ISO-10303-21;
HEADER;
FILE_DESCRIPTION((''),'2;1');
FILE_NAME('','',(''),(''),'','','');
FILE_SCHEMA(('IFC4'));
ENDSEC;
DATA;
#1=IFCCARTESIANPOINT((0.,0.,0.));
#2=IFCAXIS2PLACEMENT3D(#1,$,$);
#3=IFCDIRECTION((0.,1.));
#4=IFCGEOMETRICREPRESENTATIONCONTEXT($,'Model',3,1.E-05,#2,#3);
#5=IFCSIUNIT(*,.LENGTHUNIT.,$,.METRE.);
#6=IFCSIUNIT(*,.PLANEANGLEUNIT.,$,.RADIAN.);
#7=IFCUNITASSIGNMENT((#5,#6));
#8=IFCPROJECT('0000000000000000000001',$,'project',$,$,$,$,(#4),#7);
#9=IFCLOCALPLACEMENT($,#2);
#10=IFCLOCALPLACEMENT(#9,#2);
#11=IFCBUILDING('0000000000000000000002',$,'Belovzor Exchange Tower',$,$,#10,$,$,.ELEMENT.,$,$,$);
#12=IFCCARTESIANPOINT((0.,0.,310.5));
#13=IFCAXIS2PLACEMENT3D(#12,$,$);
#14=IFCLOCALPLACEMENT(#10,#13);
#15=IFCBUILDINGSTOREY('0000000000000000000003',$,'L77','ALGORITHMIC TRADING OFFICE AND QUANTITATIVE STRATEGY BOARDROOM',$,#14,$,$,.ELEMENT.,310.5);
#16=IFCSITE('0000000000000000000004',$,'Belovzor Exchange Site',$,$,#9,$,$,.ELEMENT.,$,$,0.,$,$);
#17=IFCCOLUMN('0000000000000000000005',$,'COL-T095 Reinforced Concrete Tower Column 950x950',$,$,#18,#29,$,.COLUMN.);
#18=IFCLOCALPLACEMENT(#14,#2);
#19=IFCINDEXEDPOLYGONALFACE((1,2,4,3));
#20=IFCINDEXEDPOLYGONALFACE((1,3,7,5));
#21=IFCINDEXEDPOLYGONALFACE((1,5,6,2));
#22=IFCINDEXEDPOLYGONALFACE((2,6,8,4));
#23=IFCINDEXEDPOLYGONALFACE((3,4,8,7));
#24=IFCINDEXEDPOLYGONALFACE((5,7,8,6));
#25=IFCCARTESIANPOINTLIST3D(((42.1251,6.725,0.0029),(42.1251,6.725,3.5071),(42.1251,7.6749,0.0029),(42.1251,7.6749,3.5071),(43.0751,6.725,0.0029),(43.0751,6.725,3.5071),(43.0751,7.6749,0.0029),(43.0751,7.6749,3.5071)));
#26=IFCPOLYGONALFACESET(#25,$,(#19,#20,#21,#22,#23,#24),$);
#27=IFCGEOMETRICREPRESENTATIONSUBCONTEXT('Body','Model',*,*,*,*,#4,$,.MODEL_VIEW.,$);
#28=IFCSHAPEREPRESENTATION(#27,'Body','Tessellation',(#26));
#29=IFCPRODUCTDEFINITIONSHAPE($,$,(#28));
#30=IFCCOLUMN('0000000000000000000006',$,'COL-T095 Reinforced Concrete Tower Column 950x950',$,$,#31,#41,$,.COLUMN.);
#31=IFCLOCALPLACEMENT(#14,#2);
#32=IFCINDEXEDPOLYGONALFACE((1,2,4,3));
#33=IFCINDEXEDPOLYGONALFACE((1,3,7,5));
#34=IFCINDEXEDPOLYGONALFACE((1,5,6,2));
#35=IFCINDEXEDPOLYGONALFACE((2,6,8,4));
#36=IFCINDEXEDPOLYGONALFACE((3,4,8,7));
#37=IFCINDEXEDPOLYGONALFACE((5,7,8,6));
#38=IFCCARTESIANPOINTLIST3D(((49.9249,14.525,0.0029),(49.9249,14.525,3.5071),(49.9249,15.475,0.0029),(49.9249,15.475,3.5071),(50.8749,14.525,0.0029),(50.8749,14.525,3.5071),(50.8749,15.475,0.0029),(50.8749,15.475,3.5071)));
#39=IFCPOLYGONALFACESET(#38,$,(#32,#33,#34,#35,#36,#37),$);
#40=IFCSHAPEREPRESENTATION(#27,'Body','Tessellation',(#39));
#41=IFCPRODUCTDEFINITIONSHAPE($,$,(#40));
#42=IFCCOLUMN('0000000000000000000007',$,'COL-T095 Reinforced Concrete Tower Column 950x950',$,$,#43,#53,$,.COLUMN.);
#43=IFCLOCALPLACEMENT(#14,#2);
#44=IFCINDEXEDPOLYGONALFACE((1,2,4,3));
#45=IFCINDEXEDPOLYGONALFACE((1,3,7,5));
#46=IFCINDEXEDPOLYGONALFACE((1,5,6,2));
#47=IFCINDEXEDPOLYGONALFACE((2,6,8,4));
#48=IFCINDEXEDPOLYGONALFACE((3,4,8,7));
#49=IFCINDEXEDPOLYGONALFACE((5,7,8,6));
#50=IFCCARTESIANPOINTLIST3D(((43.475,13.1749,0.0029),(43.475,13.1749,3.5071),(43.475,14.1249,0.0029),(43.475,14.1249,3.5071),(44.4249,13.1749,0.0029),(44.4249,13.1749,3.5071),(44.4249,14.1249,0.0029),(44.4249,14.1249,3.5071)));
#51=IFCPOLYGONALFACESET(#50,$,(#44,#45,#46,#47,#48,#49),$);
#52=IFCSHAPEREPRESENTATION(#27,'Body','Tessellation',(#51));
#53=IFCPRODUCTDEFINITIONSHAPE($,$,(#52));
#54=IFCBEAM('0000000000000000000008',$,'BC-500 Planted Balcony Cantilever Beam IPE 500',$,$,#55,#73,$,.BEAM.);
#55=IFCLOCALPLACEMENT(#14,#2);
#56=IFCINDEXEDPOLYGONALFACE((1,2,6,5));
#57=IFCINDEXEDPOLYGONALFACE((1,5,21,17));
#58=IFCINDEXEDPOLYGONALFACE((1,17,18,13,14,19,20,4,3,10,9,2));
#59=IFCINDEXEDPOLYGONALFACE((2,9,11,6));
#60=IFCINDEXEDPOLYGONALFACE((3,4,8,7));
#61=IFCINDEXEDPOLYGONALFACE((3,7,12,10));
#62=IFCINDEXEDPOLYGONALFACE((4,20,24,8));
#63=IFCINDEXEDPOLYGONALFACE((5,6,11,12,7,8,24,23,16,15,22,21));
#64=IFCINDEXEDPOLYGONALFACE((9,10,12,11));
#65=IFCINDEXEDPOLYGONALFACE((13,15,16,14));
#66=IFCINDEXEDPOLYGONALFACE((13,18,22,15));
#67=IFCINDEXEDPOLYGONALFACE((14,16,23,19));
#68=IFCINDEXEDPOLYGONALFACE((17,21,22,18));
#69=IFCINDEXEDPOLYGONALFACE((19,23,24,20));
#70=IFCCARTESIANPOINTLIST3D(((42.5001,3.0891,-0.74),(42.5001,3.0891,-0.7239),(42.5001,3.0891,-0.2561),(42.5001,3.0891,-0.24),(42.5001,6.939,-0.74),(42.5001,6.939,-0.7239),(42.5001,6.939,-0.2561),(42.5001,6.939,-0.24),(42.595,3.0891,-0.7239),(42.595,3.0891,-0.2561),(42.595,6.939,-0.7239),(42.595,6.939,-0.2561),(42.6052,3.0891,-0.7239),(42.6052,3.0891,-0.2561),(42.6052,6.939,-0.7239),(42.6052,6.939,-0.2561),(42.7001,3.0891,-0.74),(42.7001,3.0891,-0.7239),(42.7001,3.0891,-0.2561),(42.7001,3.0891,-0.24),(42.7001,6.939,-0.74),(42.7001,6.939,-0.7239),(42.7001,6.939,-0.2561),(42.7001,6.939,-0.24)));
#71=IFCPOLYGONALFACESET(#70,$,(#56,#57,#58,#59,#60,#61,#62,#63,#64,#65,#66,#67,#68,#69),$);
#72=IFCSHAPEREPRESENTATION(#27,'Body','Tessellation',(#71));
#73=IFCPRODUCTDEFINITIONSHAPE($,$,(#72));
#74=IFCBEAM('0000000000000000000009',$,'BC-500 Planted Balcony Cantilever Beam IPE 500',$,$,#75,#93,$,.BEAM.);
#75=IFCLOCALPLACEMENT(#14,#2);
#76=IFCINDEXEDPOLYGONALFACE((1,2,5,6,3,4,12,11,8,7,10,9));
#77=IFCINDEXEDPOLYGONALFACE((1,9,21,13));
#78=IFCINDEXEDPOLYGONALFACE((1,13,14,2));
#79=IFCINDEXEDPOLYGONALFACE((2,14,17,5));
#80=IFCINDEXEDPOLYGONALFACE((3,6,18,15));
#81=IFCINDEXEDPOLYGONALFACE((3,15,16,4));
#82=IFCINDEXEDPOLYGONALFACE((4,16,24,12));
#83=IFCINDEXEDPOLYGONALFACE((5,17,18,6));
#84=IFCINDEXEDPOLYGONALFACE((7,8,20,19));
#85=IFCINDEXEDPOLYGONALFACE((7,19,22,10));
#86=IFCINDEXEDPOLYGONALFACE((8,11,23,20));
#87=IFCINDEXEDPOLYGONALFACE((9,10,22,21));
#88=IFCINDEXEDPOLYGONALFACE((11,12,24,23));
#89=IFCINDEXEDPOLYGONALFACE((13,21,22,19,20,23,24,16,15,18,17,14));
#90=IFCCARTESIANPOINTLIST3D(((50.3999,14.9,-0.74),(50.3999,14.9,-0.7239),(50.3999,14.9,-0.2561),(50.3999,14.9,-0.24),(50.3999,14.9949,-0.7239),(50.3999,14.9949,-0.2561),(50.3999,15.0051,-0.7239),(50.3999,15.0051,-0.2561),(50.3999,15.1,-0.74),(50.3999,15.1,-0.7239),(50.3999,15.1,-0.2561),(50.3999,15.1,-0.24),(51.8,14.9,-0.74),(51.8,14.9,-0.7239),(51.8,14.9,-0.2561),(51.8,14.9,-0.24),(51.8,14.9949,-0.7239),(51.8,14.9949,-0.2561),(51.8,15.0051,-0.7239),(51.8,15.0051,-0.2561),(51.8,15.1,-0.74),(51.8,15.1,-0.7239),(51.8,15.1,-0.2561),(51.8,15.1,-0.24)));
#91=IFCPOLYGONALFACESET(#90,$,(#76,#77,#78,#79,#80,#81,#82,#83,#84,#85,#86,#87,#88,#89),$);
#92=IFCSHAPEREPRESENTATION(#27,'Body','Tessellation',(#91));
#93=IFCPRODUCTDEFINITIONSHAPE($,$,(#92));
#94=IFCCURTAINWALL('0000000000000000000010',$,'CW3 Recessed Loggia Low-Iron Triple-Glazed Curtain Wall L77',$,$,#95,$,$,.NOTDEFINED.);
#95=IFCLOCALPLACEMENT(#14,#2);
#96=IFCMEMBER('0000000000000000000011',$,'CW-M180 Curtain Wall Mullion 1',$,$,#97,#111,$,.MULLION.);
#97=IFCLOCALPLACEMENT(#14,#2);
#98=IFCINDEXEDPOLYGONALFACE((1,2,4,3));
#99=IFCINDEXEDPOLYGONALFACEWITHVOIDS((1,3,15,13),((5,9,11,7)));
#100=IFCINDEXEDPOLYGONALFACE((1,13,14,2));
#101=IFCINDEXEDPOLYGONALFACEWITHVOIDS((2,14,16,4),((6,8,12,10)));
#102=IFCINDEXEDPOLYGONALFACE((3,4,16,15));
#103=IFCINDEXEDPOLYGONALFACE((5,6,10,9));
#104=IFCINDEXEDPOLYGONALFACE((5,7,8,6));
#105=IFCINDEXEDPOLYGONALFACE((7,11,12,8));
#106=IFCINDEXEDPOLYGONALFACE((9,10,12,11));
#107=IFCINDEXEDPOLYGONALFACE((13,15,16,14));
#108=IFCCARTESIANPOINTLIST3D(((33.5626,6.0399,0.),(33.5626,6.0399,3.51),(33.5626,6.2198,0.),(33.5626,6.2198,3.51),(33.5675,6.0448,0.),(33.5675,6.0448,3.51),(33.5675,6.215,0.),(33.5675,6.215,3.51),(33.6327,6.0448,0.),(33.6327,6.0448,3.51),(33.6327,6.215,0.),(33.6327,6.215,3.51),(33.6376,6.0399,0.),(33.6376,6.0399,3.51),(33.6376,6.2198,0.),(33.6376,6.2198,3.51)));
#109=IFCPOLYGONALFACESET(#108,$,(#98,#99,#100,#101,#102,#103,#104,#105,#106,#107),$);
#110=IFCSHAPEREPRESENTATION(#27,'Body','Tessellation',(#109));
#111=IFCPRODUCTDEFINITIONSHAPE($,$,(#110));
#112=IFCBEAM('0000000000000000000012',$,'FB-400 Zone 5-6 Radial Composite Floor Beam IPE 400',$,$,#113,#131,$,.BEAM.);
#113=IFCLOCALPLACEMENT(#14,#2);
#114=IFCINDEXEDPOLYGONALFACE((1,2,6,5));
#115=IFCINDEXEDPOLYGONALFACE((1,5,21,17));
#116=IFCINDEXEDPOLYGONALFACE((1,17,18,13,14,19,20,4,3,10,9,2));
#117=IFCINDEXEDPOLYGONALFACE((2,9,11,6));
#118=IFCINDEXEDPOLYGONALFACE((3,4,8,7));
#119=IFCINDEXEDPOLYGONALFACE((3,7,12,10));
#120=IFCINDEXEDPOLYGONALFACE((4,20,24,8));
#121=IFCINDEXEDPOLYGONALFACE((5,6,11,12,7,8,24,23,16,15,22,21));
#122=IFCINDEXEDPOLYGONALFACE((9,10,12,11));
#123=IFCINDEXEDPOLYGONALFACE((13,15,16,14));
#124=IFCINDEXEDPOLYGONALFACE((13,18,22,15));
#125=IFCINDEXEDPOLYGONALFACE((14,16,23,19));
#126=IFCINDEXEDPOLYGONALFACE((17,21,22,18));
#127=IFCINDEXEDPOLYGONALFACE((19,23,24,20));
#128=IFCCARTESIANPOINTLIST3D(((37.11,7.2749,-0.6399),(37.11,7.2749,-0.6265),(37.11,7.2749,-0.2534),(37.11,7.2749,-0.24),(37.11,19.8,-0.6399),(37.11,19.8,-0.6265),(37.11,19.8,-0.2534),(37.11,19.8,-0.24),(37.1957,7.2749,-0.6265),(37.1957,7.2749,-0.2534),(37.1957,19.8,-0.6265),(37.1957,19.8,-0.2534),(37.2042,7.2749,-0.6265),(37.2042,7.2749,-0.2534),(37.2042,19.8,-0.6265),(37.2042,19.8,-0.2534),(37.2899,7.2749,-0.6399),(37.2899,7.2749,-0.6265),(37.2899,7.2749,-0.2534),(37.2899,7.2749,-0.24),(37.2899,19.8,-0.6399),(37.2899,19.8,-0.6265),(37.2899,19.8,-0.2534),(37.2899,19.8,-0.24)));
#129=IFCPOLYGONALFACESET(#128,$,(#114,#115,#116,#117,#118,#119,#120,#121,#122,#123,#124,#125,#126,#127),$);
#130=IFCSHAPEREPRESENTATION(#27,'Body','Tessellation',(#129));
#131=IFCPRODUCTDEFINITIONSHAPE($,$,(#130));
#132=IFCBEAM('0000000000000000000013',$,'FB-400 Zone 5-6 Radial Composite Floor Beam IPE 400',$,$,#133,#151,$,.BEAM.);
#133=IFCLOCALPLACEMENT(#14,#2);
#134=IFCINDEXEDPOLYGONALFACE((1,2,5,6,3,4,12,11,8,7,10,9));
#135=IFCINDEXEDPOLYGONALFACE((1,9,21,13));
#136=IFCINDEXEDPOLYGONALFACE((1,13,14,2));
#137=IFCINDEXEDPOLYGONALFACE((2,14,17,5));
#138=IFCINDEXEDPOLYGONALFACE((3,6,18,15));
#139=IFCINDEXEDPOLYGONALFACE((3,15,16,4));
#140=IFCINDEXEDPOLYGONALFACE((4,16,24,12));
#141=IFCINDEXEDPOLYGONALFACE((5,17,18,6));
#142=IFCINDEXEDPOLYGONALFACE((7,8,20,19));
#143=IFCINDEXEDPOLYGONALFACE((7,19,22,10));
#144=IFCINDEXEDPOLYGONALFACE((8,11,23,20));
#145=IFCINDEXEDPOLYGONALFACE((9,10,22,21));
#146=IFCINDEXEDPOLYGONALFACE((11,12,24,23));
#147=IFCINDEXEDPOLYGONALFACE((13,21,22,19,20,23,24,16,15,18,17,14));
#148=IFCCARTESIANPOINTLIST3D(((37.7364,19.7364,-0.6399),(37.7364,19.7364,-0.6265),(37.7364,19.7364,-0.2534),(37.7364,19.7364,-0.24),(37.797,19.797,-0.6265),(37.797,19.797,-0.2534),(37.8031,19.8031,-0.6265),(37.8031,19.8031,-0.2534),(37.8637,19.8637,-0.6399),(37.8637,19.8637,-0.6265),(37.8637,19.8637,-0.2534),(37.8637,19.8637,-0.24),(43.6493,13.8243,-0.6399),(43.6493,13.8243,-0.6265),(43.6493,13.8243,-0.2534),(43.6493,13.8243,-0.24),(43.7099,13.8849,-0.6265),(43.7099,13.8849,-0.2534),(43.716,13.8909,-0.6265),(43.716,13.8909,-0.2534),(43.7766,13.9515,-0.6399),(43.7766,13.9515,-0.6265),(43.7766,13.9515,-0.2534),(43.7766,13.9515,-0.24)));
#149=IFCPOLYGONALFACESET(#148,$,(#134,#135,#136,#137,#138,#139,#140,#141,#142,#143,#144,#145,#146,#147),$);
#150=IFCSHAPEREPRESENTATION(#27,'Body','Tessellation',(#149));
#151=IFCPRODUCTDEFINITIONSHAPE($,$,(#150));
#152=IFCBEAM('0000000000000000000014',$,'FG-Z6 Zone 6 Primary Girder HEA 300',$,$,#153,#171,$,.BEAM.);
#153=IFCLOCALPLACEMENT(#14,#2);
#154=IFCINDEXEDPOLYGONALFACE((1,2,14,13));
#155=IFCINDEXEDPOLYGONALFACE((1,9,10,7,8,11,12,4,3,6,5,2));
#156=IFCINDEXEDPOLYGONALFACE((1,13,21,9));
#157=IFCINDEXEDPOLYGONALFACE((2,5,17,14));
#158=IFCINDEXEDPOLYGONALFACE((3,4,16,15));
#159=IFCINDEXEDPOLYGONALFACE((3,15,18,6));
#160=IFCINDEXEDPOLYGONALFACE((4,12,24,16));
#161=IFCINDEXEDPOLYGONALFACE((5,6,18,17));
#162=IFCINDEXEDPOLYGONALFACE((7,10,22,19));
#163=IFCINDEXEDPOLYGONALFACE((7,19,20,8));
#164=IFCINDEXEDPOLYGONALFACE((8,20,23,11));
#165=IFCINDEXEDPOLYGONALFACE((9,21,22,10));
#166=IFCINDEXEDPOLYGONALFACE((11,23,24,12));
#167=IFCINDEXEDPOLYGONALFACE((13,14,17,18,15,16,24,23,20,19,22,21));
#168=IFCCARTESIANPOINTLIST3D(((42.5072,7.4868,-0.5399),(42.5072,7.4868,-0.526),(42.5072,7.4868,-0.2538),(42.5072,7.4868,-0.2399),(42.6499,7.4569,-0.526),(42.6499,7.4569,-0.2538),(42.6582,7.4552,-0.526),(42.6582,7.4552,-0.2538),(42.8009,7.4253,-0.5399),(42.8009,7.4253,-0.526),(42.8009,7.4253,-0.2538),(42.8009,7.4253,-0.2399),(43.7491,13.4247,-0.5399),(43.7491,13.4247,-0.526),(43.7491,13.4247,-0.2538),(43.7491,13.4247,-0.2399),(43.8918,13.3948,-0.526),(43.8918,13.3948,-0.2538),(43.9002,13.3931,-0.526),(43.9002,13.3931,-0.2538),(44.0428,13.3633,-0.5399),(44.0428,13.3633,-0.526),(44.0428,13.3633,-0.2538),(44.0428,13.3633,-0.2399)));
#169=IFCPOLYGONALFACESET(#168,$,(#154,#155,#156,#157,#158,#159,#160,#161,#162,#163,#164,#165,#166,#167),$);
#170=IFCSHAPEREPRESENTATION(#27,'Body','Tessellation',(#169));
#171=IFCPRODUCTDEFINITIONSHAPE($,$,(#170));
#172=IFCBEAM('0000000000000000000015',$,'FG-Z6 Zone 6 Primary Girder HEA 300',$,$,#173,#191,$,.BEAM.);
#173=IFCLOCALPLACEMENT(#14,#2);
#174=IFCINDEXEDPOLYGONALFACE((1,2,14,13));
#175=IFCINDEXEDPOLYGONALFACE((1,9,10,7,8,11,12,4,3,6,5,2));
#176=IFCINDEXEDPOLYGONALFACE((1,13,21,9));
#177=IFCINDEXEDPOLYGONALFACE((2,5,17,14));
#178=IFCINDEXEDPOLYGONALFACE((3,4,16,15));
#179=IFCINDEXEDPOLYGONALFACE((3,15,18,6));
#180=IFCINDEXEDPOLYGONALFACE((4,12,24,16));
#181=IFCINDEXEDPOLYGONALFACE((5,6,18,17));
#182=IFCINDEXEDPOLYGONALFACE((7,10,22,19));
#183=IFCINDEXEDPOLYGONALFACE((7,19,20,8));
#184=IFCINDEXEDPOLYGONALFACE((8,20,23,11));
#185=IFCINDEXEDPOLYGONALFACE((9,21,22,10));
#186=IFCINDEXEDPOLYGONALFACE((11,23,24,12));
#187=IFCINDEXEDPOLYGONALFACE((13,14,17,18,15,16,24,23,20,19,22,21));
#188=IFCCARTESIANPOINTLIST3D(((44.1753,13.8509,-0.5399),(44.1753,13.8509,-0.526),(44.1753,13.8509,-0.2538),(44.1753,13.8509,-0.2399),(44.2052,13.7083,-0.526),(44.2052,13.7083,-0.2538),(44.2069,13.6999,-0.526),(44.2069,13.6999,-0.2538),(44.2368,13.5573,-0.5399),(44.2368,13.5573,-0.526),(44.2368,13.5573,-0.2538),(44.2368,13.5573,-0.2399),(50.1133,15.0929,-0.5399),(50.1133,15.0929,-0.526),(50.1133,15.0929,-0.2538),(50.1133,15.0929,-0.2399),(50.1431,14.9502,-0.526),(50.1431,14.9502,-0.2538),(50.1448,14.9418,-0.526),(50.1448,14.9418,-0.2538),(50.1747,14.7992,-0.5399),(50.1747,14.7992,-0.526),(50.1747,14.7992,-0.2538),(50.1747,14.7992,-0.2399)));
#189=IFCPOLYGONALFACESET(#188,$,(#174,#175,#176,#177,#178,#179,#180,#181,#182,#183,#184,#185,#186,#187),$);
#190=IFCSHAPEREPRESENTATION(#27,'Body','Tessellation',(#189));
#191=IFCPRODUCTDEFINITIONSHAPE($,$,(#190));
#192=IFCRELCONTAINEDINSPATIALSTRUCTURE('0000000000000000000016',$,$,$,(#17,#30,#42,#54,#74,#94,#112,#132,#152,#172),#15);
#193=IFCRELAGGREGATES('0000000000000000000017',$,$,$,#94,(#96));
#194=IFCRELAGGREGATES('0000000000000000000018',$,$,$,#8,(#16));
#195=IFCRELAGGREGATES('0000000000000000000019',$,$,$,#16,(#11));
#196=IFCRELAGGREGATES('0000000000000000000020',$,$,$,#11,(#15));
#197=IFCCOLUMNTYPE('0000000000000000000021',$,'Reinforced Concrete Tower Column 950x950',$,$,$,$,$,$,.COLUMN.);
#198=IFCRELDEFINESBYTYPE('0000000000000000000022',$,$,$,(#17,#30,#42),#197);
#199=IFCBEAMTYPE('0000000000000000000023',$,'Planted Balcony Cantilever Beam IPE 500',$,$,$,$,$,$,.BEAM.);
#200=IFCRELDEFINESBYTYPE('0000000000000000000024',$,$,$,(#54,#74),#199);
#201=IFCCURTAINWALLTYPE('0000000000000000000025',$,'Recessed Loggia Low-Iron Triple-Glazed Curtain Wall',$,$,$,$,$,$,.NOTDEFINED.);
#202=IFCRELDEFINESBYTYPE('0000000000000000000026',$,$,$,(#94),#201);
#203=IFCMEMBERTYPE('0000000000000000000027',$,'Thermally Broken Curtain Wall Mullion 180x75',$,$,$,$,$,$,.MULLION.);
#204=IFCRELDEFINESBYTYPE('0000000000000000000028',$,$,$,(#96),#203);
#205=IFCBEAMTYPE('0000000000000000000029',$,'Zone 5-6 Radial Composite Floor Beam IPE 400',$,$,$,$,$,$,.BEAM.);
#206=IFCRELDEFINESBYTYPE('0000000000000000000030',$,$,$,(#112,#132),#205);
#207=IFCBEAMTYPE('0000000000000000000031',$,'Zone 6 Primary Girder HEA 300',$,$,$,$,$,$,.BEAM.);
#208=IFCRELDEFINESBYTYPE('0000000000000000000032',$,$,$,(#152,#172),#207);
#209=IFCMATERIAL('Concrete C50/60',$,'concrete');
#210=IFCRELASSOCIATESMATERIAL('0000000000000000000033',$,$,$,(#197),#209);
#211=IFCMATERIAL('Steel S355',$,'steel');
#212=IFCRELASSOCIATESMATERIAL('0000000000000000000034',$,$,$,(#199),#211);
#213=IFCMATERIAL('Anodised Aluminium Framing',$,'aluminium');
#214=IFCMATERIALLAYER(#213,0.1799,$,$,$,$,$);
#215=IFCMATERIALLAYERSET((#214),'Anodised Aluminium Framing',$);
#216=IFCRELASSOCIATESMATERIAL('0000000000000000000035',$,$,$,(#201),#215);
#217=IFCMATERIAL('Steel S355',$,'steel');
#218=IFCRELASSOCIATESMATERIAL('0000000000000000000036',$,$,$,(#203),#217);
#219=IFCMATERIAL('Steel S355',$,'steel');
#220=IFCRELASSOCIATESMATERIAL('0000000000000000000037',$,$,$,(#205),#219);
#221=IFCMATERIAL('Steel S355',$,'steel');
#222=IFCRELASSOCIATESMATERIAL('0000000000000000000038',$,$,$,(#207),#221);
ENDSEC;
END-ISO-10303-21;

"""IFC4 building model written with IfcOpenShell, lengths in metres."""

from ifc_helpers import new_model, si_unit, direction, frame, origin, origin_2d, place, context, subcontext, project, spatial, rectangle, hollow_rectangle, i_section, extrude, material, layer, layer_set, material_profile, profile_set, type_object, element, aggregate, save


model = new_model("IFC4")

# Units and contexts
model_context = context("Model", 3, precision=1e-05, world=origin(), true_north=direction((0.0, 1.0)))
body_context = subcontext(model_context, "Body", "Model", "MODEL_VIEW")
ifc_project = project(units=[si_unit("LENGTHUNIT", "METRE"), si_unit("PLANEANGLEUNIT", "RADIAN")], contexts=[model_context])

# Site, building, storey
site_placement = place(None, origin())
site = spatial("IfcSite", under=ifc_project, at=site_placement, Name="Belovzor Exchange Site", CompositionType="ELEMENT", RefElevation=0.0)
building_placement = place(site_placement, origin())
building = spatial("IfcBuilding", under=site, at=building_placement, Name="Belovzor Exchange Tower", CompositionType="ELEMENT")
storey_placement = place(building_placement, frame((0.0, 0.0, 310.5)))
storey = spatial("IfcBuildingStorey", under=building, at=storey_placement, Name="L77", Description="ALGORITHMIC TRADING OFFICE AND QUANTITATIVE STRATEGY BOARDROOM", CompositionType="ELEMENT", Elevation=310.5)

# Columns
ifc_material_1 = material(Name="Concrete C50/60", Category="concrete")
ifc_material_profile_1 = material_profile(ifc_material_1, rectangle(XDim=0.95, YDim=0.95, at=origin_2d()))
ifc_profile_set_1 = profile_set([ifc_material_profile_1], Name="Concrete C50/60")
column_type = type_object("IfcColumnType", Name="Reinforced Concrete Tower Column 950x950", PredefinedType="COLUMN", material=ifc_profile_set_1)
for number, where, z_axis, x_axis, name in (
    (1, (42.6001, 7.2, 0.0029), (0.0, 0.0, 1.0), (1.0, 0.0, 0.0), "COL-T095 Reinforced Concrete Tower Column 950x950"),
    (2, (50.3999, 15.0, 0.0029), (0.0, 0.0, 1.0), (1.0, 0.0, 0.0), "COL-T095 Reinforced Concrete Tower Column 950x950"),
    (3, (43.95, 13.6499, 0.0029), (0.0, 0.0, 1.0), (1.0, 0.0, 0.0), "COL-T095 Reinforced Concrete Tower Column 950x950"),
):
    element("IfcColumn", number, at=place(storey_placement, frame(where, z_axis=z_axis, x_axis=x_axis)), inside=storey, type_object=column_type, Name=name, PredefinedType="COLUMN", context=body_context, shape_type="SweptSolid", body=[
        extrude(rectangle(XDim=0.95, YDim=0.95, at=origin_2d()), origin(), (0.0, 0.0, 1.0), 3.5042),
    ])

# Beams
ifc_material_2 = material(Name="Steel S355", Category="steel")
ifc_material_profile_2 = material_profile(ifc_material_2, i_section(OverallWidth=0.2, OverallDepth=0.5, WebThickness=0.0103, FlangeThickness=0.0161, at=origin_2d()))
ifc_profile_set_2 = profile_set([ifc_material_profile_2], Name="Steel S355")
beam_type_1 = type_object("IfcBeamType", Name="Planted Balcony Cantilever Beam IPE 500", PredefinedType="BEAM", material=ifc_profile_set_2)
beam_1_placement = place(storey_placement, frame((42.6001, 6.939, -0.49), z_axis=(0.0, -1.0, 0.0), x_axis=(1.0, 0.0, 0.0)))
element("IfcBeam", 4, at=beam_1_placement, inside=storey, type_object=beam_type_1, Name="BC-500 Planted Balcony Cantilever Beam IPE 500", PredefinedType="BEAM", context=body_context, shape_type="SweptSolid", body=[
    extrude(i_section(OverallWidth=0.2, OverallDepth=0.5, WebThickness=0.0103, FlangeThickness=0.0161, at=origin_2d()), origin(), (0.0, 0.0, 1.0), 3.8499),
])
beam_2_placement = place(storey_placement, frame((50.3999, 15.0, -0.49), z_axis=(1.0, 0.0, 0.0), x_axis=(0.0, 1.0, 0.0)))
element("IfcBeam", 5, at=beam_2_placement, inside=storey, type_object=beam_type_1, Name="BC-500 Planted Balcony Cantilever Beam IPE 500", PredefinedType="BEAM", context=body_context, shape_type="SweptSolid", body=[
    extrude(i_section(OverallWidth=0.2, OverallDepth=0.5, WebThickness=0.0103, FlangeThickness=0.0161, at=origin_2d()), origin(), (0.0, 0.0, 1.0), 1.4001),
])

# Curtain wall, member
ifc_material_3 = material(Name="Anodised Aluminium Framing", Category="aluminium")
ifc_layer_1 = layer(ifc_material_3, 0.1799)
ifc_layer_set_1 = layer_set([ifc_layer_1], Name="Anodised Aluminium Framing")
curtain_wall_type = type_object("IfcCurtainWallType", Name="Recessed Loggia Low-Iron Triple-Glazed Curtain Wall", PredefinedType="NOTDEFINED", material=ifc_layer_set_1)
curtain_wall_placement = place(storey_placement, origin())
curtain_wall = element("IfcCurtainWall", 6, at=curtain_wall_placement, inside=storey, type_object=curtain_wall_type, Name="CW3 Recessed Loggia Low-Iron Triple-Glazed Curtain Wall L77", PredefinedType="NOTDEFINED")
ifc_material_4 = material(Name="Steel S355", Category="steel")
ifc_material_profile_3 = material_profile(ifc_material_4, hollow_rectangle(XDim=0.075, YDim=0.1799, WallThickness=0.0049, at=origin_2d()))
ifc_profile_set_3 = profile_set([ifc_material_profile_3], Name="Steel S355")
member_type = type_object("IfcMemberType", Name="Thermally Broken Curtain Wall Mullion 180x75", PredefinedType="MULLION", material=ifc_profile_set_3)
member_placement = place(storey_placement, frame((33.6001, 6.1299, 0.0), z_axis=(0.0, 0.0, 1.0), x_axis=(-1.0, 0.0, 0.0)))
member = element("IfcMember", 7, at=member_placement, type_object=member_type, Name="CW-M180 Curtain Wall Mullion 1", PredefinedType="MULLION", context=body_context, shape_type="SweptSolid", body=[
    extrude(hollow_rectangle(XDim=0.075, YDim=0.1799, WallThickness=0.0049, at=origin_2d()), origin(), (0.0, 0.0, 1.0), 3.51),
])
aggregate(curtain_wall, [member])

# Beams
ifc_material_5 = material(Name="Steel S355", Category="steel")
ifc_material_profile_4 = material_profile(ifc_material_5, i_section(OverallWidth=0.1799, OverallDepth=0.3999, WebThickness=0.0085, FlangeThickness=0.0134, at=origin_2d()))
ifc_profile_set_4 = profile_set([ifc_material_profile_4], Name="Steel S355")
beam_type_2 = type_object("IfcBeamType", Name="Zone 5-6 Radial Composite Floor Beam IPE 400", PredefinedType="BEAM", material=ifc_profile_set_4)
beam_3_placement = place(storey_placement, frame((37.2, 19.8, -0.4399), z_axis=(0.0, -1.0, 0.0), x_axis=(1.0, 0.0, 0.0)))
element("IfcBeam", 8, at=beam_3_placement, inside=storey, type_object=beam_type_2, Name="FB-400 Zone 5-6 Radial Composite Floor Beam IPE 400", PredefinedType="BEAM", context=body_context, shape_type="SweptSolid", body=[
    extrude(i_section(OverallWidth=0.1799, OverallDepth=0.3999, WebThickness=0.0085, FlangeThickness=0.0134, at=origin_2d()), origin(), (0.0, 0.0, 1.0), 12.5251),
])
beam_4_placement = place(storey_placement, frame((37.8, 19.8, -0.4399), z_axis=(0.707151, -0.707063, 0.0), x_axis=(0.707063, 0.707151, 0.0)))
element("IfcBeam", 9, at=beam_4_placement, inside=storey, type_object=beam_type_2, Name="FB-400 Zone 5-6 Radial Composite Floor Beam IPE 400", PredefinedType="BEAM", context=body_context, shape_type="SweptSolid", body=[
    extrude(i_section(OverallWidth=0.1799, OverallDepth=0.3999, WebThickness=0.0085, FlangeThickness=0.0134, at=origin_2d()), origin(), (0.0, 0.0, 1.0), 8.3616),
])
ifc_material_6 = material(Name="Steel S355", Category="steel")
ifc_material_profile_5 = material_profile(ifc_material_6, i_section(OverallWidth=0.3, OverallDepth=0.3, WebThickness=0.0085, FlangeThickness=0.0139, at=origin_2d()))
ifc_profile_set_5 = profile_set([ifc_material_profile_5], Name="Steel S355")
beam_type_3 = type_object("IfcBeamType", Name="Zone 6 Primary Girder HEA 300", PredefinedType="BEAM", material=ifc_profile_set_5)
for number, where, z_axis, x_axis, name in (
    (10, (42.6541, 7.4561, -0.3899), (0.204722, 0.97882, 0.0), (-0.97882, 0.204722, 0.0), "FG-Z6 Zone 6 Primary Girder HEA 300"),
    (11, (44.2061, 13.7041, -0.3899), (0.97882, 0.204722, 0.0), (-0.204722, 0.97882, 0.0), "FG-Z6 Zone 6 Primary Girder HEA 300"),
):
    element("IfcBeam", number, at=place(storey_placement, frame(where, z_axis=z_axis, x_axis=x_axis)), inside=storey, type_object=beam_type_3, Name=name, PredefinedType="BEAM", context=body_context, shape_type="SweptSolid", body=[
        extrude(i_section(OverallWidth=0.3, OverallDepth=0.3, WebThickness=0.0085, FlangeThickness=0.0139, at=origin_2d()), origin(), (0.0, 0.0, 1.0), 6.0664),
    ])

save(model, "model.ifc")
